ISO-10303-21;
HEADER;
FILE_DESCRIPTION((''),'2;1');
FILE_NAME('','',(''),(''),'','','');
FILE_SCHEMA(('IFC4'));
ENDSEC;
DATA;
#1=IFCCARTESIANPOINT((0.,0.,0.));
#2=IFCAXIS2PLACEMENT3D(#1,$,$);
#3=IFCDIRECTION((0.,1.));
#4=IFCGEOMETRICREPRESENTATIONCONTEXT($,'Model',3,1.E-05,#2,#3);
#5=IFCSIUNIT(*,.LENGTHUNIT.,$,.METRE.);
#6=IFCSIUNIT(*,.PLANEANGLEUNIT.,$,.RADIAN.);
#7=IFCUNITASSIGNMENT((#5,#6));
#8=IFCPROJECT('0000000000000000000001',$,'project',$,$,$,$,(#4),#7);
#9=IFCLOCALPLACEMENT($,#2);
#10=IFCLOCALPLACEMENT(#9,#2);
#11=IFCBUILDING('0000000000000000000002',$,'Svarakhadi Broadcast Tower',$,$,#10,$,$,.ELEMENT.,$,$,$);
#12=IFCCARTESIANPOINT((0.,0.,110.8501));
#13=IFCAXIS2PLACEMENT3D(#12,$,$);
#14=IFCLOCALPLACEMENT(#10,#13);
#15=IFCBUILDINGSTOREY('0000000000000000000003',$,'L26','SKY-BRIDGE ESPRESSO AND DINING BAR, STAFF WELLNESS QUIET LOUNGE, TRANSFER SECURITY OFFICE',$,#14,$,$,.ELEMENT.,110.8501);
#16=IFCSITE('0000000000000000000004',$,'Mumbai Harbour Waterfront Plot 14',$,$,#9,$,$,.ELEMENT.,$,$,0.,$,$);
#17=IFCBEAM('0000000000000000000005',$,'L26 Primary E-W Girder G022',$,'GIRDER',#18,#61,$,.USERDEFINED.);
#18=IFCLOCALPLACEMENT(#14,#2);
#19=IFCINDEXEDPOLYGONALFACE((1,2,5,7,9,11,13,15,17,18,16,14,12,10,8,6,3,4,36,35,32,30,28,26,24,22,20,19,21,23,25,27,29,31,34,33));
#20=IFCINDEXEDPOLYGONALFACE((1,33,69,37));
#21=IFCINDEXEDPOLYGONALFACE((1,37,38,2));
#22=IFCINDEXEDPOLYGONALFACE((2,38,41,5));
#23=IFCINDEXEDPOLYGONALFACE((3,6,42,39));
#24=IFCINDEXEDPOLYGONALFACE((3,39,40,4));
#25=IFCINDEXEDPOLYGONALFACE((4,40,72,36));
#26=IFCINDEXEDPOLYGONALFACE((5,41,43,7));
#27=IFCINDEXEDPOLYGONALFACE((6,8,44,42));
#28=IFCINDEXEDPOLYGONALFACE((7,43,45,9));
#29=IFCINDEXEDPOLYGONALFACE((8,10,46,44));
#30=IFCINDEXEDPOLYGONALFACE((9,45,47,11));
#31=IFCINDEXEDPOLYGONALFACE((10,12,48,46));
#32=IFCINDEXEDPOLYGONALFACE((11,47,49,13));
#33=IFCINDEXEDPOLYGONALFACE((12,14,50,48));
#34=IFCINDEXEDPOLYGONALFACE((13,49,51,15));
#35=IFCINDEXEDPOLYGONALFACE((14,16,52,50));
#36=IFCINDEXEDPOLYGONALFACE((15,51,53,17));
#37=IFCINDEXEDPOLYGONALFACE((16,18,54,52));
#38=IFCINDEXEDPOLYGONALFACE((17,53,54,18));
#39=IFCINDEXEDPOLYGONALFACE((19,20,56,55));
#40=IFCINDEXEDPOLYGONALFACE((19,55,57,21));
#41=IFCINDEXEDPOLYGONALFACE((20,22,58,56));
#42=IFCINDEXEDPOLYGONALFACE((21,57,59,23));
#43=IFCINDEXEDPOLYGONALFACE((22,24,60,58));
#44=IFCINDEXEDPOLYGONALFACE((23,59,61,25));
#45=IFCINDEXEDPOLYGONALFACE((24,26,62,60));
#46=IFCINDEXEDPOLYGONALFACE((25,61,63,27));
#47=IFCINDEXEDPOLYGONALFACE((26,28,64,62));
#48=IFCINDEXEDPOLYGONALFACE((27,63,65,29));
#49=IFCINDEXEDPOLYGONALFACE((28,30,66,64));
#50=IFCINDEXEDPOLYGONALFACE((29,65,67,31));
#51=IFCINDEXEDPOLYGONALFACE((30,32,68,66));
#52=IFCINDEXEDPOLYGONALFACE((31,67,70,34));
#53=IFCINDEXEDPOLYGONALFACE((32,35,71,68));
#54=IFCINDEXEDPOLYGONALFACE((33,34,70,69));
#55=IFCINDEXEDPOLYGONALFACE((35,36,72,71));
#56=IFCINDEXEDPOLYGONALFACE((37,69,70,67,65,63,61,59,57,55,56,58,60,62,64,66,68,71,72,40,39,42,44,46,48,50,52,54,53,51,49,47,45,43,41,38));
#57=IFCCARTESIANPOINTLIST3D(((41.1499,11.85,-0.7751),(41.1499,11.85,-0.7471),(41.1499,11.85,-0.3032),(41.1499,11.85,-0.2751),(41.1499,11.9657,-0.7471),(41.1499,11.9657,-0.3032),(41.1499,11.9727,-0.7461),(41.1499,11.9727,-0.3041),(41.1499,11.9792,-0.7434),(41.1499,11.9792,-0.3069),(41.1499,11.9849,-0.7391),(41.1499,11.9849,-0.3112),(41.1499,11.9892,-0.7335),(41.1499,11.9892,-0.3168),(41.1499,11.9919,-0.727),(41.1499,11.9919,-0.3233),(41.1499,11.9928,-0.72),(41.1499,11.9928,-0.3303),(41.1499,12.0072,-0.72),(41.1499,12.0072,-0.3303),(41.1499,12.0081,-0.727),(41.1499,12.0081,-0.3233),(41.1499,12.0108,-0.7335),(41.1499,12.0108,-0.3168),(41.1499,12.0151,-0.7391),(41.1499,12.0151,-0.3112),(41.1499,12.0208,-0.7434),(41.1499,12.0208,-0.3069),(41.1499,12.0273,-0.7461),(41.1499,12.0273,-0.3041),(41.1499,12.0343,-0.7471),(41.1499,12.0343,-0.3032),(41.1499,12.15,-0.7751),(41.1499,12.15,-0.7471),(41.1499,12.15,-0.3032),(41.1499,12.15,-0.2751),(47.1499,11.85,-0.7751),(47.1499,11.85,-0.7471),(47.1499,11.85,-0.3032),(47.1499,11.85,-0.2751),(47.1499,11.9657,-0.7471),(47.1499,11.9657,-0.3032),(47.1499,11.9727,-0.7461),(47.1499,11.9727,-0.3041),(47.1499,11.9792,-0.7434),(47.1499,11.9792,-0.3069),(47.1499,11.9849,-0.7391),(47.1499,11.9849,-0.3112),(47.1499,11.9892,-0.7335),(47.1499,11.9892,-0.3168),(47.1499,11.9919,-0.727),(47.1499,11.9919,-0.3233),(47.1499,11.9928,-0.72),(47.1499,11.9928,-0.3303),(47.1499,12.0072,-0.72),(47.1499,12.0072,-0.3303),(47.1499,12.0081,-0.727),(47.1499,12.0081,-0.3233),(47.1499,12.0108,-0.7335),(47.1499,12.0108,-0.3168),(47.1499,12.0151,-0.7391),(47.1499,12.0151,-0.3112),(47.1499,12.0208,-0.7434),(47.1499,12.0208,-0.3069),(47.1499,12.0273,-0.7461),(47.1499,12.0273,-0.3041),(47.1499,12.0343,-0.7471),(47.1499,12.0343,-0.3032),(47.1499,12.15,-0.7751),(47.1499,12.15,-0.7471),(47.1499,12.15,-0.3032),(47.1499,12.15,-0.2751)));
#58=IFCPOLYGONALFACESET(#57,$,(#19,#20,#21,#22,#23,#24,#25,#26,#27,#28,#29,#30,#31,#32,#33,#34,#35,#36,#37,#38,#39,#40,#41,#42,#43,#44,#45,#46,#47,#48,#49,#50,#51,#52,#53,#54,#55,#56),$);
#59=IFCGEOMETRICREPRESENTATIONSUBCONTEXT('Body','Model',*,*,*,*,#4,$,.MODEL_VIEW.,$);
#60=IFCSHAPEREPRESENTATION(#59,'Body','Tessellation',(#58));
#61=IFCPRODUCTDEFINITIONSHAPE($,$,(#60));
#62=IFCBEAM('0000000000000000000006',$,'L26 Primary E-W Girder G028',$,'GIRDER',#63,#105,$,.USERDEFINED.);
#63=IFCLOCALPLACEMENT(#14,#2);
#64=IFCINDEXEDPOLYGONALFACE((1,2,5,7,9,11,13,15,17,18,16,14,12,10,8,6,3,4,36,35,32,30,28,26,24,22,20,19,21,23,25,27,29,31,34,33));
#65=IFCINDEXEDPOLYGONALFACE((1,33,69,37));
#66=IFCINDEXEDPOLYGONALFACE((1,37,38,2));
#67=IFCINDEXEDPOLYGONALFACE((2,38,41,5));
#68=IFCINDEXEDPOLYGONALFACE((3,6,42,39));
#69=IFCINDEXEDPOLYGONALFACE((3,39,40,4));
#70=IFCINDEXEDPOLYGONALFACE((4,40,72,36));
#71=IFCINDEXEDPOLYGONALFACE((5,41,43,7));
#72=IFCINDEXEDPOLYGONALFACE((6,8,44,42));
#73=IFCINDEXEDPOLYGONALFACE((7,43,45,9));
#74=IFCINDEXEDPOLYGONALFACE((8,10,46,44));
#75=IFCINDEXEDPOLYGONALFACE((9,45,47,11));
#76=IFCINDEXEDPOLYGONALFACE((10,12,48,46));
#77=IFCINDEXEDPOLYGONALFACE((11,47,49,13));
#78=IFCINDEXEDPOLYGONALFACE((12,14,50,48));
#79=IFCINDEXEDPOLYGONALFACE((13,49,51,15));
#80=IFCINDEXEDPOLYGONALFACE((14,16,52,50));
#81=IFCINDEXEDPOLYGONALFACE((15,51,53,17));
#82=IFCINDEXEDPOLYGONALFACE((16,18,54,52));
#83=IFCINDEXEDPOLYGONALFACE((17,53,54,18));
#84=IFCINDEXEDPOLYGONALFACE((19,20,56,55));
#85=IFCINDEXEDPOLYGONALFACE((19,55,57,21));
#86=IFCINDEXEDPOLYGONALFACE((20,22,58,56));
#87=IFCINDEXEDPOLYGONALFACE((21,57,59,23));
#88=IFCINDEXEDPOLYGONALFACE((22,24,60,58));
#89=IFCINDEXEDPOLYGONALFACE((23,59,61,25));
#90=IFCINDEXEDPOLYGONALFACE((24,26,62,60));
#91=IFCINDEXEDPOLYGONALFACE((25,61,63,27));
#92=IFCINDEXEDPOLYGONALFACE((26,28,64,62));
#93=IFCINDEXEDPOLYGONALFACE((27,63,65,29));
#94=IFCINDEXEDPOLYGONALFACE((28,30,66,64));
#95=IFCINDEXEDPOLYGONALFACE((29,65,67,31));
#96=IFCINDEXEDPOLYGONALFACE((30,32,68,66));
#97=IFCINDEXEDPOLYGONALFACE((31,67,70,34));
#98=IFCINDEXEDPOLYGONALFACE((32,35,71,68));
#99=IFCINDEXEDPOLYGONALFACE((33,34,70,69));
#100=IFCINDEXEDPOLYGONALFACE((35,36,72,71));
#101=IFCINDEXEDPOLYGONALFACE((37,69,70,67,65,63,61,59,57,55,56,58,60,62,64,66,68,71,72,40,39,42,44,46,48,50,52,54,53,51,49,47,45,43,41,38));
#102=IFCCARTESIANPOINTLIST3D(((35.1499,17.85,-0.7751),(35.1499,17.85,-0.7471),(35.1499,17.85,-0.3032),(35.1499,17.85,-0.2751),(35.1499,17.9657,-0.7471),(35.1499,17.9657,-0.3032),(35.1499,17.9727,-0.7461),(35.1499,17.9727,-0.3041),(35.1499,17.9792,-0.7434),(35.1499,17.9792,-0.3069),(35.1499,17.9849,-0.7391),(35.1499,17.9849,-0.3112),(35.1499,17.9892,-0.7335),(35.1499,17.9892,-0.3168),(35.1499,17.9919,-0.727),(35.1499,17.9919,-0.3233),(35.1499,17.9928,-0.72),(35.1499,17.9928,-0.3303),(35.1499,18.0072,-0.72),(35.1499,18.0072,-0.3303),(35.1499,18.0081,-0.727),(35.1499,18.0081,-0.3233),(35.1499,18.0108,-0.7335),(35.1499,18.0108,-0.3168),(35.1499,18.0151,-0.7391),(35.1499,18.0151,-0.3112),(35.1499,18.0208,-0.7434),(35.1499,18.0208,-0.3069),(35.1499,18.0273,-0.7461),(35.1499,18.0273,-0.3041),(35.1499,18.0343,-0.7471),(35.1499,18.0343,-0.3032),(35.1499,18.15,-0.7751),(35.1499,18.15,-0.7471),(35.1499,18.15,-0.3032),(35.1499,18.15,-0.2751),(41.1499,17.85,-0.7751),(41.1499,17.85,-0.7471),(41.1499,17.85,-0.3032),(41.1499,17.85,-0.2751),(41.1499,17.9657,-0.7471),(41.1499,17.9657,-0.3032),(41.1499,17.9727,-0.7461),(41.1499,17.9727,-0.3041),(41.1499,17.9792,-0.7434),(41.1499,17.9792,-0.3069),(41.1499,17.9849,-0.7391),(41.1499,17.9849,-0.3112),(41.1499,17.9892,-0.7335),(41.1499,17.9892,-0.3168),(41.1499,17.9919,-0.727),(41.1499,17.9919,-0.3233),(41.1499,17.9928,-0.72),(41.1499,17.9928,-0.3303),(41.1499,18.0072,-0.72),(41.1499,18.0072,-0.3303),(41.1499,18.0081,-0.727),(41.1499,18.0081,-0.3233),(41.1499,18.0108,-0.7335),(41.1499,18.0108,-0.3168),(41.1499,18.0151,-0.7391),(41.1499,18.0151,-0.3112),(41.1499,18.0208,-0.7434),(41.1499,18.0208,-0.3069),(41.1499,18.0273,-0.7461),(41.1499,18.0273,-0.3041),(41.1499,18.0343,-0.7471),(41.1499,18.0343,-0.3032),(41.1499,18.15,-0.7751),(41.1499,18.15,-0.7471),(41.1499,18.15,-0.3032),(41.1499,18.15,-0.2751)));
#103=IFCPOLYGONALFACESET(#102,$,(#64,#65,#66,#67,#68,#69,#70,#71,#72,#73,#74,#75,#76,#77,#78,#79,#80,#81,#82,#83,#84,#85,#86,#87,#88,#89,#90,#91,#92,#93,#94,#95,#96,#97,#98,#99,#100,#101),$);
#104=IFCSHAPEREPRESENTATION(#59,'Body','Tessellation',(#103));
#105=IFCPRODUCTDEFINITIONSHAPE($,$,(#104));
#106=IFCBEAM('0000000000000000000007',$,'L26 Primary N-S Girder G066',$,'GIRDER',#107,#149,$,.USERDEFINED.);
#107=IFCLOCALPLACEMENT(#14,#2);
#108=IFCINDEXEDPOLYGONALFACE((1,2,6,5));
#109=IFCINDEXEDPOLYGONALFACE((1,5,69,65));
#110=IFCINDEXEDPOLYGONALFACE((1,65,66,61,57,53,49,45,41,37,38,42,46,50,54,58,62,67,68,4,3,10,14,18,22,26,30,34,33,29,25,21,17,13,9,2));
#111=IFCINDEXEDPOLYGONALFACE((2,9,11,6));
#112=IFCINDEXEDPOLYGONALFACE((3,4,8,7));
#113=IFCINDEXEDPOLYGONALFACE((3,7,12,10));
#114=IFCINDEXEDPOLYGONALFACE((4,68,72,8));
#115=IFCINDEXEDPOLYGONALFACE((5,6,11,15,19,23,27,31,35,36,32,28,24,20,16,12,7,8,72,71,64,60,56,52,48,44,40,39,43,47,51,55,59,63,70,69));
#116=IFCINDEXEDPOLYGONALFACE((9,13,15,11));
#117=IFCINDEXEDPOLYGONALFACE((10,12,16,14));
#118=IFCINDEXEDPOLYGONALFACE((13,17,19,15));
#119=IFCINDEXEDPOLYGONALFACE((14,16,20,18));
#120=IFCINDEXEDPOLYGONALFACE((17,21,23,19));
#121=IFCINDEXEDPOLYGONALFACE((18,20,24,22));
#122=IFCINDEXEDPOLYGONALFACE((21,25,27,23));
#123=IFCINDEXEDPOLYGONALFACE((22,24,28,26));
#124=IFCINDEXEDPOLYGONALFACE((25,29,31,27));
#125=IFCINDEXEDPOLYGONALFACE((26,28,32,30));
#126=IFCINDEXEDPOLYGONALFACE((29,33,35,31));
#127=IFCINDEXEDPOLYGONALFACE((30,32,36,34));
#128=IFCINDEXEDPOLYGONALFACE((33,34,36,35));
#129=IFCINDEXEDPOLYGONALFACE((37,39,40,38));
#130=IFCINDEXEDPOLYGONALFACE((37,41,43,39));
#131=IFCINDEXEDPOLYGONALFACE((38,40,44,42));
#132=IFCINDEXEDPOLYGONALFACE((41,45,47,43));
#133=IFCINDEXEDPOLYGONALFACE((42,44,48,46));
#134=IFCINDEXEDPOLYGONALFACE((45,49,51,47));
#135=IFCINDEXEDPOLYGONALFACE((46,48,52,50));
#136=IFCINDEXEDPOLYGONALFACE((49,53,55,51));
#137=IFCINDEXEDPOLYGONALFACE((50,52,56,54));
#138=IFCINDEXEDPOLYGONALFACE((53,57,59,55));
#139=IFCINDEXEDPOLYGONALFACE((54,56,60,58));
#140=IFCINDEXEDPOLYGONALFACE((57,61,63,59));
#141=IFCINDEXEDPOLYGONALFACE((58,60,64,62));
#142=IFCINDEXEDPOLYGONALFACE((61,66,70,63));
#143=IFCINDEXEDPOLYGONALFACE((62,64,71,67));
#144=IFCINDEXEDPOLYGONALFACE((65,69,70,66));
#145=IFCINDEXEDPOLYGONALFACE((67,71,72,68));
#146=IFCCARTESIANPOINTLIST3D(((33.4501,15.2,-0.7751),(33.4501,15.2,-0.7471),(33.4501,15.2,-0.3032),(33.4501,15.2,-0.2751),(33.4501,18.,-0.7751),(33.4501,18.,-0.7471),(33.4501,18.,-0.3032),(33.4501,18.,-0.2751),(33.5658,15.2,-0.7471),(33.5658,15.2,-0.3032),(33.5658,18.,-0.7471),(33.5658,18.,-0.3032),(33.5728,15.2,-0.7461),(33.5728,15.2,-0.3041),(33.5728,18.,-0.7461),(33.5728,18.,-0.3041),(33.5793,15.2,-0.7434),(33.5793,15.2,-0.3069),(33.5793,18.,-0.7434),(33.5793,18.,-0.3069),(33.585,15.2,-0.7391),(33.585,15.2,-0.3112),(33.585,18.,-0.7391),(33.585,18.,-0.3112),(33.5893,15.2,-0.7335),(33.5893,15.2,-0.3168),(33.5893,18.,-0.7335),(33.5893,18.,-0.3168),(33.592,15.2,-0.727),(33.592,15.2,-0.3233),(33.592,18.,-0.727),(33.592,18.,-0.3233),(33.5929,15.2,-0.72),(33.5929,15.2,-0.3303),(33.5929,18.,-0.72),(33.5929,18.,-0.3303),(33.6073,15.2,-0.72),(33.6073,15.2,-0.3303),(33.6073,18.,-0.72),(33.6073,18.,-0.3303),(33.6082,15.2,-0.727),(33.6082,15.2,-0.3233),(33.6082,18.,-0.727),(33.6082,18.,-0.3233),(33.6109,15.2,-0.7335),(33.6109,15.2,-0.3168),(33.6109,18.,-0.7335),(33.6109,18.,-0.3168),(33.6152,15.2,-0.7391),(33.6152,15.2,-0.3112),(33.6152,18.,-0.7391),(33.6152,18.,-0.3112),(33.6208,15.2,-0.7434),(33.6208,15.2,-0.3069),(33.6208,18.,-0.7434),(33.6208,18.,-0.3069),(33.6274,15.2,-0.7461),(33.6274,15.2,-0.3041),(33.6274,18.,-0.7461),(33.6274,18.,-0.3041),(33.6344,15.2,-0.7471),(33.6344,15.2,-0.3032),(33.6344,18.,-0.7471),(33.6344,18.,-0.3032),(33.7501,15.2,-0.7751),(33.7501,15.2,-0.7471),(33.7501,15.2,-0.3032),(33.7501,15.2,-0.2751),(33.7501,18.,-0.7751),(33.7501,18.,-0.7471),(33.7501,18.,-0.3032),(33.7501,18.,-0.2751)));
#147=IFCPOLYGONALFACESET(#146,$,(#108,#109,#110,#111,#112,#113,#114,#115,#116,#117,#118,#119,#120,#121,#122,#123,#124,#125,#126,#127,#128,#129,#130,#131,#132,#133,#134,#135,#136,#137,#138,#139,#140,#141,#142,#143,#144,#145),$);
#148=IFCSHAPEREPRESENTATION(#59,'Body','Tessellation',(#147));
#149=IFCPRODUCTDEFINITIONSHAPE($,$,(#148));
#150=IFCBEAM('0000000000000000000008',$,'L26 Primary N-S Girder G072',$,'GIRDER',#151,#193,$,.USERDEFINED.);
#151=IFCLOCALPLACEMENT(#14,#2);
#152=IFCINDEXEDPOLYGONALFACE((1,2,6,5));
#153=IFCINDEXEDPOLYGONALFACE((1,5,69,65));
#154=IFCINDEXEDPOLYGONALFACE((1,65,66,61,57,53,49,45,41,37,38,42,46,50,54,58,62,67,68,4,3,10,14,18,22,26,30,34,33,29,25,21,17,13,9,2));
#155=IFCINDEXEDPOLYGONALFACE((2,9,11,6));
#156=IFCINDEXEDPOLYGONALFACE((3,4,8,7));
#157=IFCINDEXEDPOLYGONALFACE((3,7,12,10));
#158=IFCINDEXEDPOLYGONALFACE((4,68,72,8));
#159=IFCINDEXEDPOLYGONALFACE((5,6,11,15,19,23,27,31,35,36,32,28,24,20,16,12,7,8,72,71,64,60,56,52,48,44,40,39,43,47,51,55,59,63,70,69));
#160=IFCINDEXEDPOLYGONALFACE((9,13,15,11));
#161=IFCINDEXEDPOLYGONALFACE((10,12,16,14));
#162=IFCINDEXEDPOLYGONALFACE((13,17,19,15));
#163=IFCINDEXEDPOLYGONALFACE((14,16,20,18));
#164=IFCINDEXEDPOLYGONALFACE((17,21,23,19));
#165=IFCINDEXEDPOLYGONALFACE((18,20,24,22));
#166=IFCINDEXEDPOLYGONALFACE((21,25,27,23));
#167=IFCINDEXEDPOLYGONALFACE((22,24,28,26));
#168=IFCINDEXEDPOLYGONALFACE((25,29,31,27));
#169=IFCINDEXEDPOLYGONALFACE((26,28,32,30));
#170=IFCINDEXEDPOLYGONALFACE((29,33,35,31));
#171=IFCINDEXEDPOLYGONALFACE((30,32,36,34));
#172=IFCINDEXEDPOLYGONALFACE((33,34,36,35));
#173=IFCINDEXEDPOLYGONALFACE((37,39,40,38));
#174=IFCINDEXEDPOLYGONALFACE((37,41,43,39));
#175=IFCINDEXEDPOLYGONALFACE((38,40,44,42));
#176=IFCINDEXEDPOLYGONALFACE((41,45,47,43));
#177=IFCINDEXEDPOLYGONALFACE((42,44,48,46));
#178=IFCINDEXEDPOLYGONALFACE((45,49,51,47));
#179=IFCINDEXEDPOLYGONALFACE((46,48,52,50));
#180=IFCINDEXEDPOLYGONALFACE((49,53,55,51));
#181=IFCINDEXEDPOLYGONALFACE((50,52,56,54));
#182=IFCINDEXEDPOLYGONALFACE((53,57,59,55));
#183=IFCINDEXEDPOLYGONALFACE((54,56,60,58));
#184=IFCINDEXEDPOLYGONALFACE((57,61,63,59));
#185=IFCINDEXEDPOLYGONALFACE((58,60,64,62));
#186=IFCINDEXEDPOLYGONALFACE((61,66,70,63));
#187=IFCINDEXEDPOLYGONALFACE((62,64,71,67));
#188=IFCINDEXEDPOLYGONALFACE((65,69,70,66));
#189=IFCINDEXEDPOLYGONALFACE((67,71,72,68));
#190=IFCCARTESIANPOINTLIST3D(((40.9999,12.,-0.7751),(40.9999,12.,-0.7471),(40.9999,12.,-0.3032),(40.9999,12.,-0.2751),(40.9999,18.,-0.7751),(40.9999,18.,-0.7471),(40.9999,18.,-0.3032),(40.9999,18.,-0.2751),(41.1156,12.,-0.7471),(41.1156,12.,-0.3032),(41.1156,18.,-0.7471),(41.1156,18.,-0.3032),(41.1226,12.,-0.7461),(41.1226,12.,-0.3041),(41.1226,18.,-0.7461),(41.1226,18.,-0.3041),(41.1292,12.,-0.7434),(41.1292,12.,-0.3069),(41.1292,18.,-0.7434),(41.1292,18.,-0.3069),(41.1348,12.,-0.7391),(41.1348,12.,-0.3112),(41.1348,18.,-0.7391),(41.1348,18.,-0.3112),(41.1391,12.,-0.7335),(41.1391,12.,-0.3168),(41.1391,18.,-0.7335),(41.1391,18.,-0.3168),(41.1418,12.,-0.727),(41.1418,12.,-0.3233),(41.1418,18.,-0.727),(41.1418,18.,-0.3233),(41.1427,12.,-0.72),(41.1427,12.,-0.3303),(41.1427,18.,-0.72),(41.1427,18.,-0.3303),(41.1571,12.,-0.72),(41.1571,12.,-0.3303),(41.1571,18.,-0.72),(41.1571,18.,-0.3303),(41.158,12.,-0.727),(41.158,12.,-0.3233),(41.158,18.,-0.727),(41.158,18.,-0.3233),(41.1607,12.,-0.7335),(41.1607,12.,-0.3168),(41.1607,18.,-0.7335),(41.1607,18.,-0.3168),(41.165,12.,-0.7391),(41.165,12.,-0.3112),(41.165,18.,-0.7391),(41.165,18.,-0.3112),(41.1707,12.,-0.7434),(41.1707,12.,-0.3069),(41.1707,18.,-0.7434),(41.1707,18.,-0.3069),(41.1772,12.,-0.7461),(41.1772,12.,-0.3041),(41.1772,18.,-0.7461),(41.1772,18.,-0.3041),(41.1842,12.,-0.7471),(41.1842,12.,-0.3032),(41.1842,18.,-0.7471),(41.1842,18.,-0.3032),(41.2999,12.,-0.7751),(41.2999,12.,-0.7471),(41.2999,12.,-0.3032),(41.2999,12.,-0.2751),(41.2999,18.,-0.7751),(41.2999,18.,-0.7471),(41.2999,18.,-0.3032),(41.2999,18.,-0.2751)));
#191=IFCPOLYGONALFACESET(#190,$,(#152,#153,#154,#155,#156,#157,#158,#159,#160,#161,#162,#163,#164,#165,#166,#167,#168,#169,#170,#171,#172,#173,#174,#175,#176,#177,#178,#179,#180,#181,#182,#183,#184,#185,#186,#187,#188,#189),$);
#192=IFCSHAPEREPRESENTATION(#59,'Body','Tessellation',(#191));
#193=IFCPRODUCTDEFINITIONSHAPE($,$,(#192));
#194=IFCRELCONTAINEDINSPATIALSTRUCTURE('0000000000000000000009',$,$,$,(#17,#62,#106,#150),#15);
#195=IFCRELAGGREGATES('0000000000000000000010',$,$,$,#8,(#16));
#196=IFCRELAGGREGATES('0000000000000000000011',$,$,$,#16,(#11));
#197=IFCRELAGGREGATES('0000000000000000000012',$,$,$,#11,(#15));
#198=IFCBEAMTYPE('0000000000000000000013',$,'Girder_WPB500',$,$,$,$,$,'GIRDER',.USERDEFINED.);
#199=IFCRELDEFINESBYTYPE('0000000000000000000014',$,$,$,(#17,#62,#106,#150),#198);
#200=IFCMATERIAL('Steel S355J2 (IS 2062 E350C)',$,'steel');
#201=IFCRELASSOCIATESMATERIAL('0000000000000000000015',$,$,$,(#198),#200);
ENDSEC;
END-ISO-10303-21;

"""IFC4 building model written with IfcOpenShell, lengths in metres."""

from ifc_helpers import new_model, si_unit, direction, frame, origin, origin_2d, place, context, subcontext, project, spatial, i_section, extrude, material, material_profile, profile_set, type_object, element, save


model = new_model("IFC4")

# Units and contexts
model_context = context("Model", 3, precision=1e-05, world=origin(), true_north=direction((0.0, 1.0)))
body_context = subcontext(model_context, "Body", "Model", "MODEL_VIEW")
ifc_project = project(units=[si_unit("LENGTHUNIT", "METRE"), si_unit("PLANEANGLEUNIT", "RADIAN")], contexts=[model_context])

# Site, building, storey
site_placement = place(None, origin())
site = spatial("IfcSite", under=ifc_project, at=site_placement, Name="Mumbai Harbour Waterfront Plot 14", CompositionType="ELEMENT", RefElevation=0.0)
building_placement = place(site_placement, origin())
building = spatial("IfcBuilding", under=site, at=building_placement, Name="Svarakhadi Broadcast Tower", CompositionType="ELEMENT")
storey_placement = place(building_placement, frame((0.0, 0.0, 110.8501)))
storey = spatial("IfcBuildingStorey", under=building, at=storey_placement, Name="L26", Description="SKY-BRIDGE ESPRESSO AND DINING BAR, STAFF WELLNESS QUIET LOUNGE, TRANSFER SECURITY OFFICE", CompositionType="ELEMENT", Elevation=110.8501)

# Shared definitions
ifc_material_1 = material(Name="Steel S355J2 (IS 2062 E350C)", Category="steel")

# Beams
ifc_material_profile_1 = material_profile(ifc_material_1, i_section(OverallWidth=0.3, OverallDepth=0.5, WebThickness=0.0144, FlangeThickness=0.0281, FilletRadius=0.0271, at=origin_2d()), Name="WPB 500x300x187")
ifc_profile_set_1 = profile_set([ifc_material_profile_1], Name="Steel S355J2 (IS 2062 E350C)")
beam_type_1 = type_object("IfcBeamType", Name="Girder_WPB500", ElementType="GIRDER", PredefinedType="USERDEFINED", material=ifc_profile_set_1)
for number, where, z_axis, x_axis, name in (
    (1, (41.1499, 12.0, -0.5251), (1.0, 0.0, 0.0), (0.0, 1.0, 0.0), "L26 Primary E-W Girder G022"),
    (2, (35.1499, 18.0, -0.5251), (1.0, 0.0, 0.0), (0.0, 1.0, 0.0), "L26 Primary E-W Girder G028"),
):
    element("IfcBeam", number, at=place(storey_placement, frame(where, z_axis=z_axis, x_axis=x_axis)), inside=storey, type_object=beam_type_1, Name=name, ObjectType="GIRDER", PredefinedType="USERDEFINED", context=body_context, shape_type="SweptSolid", body=[
        extrude(i_section(OverallWidth=0.3, OverallDepth=0.5, WebThickness=0.0144, FlangeThickness=0.0281, FilletRadius=0.0271, at=origin_2d()), origin(), (0.0, 0.0, 1.0), 6.0),
    ])
beam_1_placement = place(storey_placement, frame((33.6001, 15.2, -0.5251), z_axis=(0.0, 1.0, 0.0), x_axis=(-1.0, 0.0, 0.0)))
element("IfcBeam", 3, at=beam_1_placement, inside=storey, type_object=beam_type_1, Name="L26 Primary N-S Girder G066", ObjectType="GIRDER", PredefinedType="USERDEFINED", context=body_context, shape_type="SweptSolid", body=[
    extrude(i_section(OverallWidth=0.3, OverallDepth=0.5, WebThickness=0.0144, FlangeThickness=0.0281, FilletRadius=0.0271, at=origin_2d()), origin(), (0.0, 0.0, 1.0), 2.8),
])
beam_2_placement = place(storey_placement, frame((41.1499, 12.0, -0.5251), z_axis=(0.0, 1.0, 0.0), x_axis=(-1.0, 0.0, 0.0)))
element("IfcBeam", 4, at=beam_2_placement, inside=storey, type_object=beam_type_1, Name="L26 Primary N-S Girder G072", ObjectType="GIRDER", PredefinedType="USERDEFINED", context=body_context, shape_type="SweptSolid", body=[
    extrude(i_section(OverallWidth=0.3, OverallDepth=0.5, WebThickness=0.0144, FlangeThickness=0.0281, FilletRadius=0.0271, at=origin_2d()), origin(), (0.0, 0.0, 1.0), 6.0),
])

save(model, "model.ifc")
